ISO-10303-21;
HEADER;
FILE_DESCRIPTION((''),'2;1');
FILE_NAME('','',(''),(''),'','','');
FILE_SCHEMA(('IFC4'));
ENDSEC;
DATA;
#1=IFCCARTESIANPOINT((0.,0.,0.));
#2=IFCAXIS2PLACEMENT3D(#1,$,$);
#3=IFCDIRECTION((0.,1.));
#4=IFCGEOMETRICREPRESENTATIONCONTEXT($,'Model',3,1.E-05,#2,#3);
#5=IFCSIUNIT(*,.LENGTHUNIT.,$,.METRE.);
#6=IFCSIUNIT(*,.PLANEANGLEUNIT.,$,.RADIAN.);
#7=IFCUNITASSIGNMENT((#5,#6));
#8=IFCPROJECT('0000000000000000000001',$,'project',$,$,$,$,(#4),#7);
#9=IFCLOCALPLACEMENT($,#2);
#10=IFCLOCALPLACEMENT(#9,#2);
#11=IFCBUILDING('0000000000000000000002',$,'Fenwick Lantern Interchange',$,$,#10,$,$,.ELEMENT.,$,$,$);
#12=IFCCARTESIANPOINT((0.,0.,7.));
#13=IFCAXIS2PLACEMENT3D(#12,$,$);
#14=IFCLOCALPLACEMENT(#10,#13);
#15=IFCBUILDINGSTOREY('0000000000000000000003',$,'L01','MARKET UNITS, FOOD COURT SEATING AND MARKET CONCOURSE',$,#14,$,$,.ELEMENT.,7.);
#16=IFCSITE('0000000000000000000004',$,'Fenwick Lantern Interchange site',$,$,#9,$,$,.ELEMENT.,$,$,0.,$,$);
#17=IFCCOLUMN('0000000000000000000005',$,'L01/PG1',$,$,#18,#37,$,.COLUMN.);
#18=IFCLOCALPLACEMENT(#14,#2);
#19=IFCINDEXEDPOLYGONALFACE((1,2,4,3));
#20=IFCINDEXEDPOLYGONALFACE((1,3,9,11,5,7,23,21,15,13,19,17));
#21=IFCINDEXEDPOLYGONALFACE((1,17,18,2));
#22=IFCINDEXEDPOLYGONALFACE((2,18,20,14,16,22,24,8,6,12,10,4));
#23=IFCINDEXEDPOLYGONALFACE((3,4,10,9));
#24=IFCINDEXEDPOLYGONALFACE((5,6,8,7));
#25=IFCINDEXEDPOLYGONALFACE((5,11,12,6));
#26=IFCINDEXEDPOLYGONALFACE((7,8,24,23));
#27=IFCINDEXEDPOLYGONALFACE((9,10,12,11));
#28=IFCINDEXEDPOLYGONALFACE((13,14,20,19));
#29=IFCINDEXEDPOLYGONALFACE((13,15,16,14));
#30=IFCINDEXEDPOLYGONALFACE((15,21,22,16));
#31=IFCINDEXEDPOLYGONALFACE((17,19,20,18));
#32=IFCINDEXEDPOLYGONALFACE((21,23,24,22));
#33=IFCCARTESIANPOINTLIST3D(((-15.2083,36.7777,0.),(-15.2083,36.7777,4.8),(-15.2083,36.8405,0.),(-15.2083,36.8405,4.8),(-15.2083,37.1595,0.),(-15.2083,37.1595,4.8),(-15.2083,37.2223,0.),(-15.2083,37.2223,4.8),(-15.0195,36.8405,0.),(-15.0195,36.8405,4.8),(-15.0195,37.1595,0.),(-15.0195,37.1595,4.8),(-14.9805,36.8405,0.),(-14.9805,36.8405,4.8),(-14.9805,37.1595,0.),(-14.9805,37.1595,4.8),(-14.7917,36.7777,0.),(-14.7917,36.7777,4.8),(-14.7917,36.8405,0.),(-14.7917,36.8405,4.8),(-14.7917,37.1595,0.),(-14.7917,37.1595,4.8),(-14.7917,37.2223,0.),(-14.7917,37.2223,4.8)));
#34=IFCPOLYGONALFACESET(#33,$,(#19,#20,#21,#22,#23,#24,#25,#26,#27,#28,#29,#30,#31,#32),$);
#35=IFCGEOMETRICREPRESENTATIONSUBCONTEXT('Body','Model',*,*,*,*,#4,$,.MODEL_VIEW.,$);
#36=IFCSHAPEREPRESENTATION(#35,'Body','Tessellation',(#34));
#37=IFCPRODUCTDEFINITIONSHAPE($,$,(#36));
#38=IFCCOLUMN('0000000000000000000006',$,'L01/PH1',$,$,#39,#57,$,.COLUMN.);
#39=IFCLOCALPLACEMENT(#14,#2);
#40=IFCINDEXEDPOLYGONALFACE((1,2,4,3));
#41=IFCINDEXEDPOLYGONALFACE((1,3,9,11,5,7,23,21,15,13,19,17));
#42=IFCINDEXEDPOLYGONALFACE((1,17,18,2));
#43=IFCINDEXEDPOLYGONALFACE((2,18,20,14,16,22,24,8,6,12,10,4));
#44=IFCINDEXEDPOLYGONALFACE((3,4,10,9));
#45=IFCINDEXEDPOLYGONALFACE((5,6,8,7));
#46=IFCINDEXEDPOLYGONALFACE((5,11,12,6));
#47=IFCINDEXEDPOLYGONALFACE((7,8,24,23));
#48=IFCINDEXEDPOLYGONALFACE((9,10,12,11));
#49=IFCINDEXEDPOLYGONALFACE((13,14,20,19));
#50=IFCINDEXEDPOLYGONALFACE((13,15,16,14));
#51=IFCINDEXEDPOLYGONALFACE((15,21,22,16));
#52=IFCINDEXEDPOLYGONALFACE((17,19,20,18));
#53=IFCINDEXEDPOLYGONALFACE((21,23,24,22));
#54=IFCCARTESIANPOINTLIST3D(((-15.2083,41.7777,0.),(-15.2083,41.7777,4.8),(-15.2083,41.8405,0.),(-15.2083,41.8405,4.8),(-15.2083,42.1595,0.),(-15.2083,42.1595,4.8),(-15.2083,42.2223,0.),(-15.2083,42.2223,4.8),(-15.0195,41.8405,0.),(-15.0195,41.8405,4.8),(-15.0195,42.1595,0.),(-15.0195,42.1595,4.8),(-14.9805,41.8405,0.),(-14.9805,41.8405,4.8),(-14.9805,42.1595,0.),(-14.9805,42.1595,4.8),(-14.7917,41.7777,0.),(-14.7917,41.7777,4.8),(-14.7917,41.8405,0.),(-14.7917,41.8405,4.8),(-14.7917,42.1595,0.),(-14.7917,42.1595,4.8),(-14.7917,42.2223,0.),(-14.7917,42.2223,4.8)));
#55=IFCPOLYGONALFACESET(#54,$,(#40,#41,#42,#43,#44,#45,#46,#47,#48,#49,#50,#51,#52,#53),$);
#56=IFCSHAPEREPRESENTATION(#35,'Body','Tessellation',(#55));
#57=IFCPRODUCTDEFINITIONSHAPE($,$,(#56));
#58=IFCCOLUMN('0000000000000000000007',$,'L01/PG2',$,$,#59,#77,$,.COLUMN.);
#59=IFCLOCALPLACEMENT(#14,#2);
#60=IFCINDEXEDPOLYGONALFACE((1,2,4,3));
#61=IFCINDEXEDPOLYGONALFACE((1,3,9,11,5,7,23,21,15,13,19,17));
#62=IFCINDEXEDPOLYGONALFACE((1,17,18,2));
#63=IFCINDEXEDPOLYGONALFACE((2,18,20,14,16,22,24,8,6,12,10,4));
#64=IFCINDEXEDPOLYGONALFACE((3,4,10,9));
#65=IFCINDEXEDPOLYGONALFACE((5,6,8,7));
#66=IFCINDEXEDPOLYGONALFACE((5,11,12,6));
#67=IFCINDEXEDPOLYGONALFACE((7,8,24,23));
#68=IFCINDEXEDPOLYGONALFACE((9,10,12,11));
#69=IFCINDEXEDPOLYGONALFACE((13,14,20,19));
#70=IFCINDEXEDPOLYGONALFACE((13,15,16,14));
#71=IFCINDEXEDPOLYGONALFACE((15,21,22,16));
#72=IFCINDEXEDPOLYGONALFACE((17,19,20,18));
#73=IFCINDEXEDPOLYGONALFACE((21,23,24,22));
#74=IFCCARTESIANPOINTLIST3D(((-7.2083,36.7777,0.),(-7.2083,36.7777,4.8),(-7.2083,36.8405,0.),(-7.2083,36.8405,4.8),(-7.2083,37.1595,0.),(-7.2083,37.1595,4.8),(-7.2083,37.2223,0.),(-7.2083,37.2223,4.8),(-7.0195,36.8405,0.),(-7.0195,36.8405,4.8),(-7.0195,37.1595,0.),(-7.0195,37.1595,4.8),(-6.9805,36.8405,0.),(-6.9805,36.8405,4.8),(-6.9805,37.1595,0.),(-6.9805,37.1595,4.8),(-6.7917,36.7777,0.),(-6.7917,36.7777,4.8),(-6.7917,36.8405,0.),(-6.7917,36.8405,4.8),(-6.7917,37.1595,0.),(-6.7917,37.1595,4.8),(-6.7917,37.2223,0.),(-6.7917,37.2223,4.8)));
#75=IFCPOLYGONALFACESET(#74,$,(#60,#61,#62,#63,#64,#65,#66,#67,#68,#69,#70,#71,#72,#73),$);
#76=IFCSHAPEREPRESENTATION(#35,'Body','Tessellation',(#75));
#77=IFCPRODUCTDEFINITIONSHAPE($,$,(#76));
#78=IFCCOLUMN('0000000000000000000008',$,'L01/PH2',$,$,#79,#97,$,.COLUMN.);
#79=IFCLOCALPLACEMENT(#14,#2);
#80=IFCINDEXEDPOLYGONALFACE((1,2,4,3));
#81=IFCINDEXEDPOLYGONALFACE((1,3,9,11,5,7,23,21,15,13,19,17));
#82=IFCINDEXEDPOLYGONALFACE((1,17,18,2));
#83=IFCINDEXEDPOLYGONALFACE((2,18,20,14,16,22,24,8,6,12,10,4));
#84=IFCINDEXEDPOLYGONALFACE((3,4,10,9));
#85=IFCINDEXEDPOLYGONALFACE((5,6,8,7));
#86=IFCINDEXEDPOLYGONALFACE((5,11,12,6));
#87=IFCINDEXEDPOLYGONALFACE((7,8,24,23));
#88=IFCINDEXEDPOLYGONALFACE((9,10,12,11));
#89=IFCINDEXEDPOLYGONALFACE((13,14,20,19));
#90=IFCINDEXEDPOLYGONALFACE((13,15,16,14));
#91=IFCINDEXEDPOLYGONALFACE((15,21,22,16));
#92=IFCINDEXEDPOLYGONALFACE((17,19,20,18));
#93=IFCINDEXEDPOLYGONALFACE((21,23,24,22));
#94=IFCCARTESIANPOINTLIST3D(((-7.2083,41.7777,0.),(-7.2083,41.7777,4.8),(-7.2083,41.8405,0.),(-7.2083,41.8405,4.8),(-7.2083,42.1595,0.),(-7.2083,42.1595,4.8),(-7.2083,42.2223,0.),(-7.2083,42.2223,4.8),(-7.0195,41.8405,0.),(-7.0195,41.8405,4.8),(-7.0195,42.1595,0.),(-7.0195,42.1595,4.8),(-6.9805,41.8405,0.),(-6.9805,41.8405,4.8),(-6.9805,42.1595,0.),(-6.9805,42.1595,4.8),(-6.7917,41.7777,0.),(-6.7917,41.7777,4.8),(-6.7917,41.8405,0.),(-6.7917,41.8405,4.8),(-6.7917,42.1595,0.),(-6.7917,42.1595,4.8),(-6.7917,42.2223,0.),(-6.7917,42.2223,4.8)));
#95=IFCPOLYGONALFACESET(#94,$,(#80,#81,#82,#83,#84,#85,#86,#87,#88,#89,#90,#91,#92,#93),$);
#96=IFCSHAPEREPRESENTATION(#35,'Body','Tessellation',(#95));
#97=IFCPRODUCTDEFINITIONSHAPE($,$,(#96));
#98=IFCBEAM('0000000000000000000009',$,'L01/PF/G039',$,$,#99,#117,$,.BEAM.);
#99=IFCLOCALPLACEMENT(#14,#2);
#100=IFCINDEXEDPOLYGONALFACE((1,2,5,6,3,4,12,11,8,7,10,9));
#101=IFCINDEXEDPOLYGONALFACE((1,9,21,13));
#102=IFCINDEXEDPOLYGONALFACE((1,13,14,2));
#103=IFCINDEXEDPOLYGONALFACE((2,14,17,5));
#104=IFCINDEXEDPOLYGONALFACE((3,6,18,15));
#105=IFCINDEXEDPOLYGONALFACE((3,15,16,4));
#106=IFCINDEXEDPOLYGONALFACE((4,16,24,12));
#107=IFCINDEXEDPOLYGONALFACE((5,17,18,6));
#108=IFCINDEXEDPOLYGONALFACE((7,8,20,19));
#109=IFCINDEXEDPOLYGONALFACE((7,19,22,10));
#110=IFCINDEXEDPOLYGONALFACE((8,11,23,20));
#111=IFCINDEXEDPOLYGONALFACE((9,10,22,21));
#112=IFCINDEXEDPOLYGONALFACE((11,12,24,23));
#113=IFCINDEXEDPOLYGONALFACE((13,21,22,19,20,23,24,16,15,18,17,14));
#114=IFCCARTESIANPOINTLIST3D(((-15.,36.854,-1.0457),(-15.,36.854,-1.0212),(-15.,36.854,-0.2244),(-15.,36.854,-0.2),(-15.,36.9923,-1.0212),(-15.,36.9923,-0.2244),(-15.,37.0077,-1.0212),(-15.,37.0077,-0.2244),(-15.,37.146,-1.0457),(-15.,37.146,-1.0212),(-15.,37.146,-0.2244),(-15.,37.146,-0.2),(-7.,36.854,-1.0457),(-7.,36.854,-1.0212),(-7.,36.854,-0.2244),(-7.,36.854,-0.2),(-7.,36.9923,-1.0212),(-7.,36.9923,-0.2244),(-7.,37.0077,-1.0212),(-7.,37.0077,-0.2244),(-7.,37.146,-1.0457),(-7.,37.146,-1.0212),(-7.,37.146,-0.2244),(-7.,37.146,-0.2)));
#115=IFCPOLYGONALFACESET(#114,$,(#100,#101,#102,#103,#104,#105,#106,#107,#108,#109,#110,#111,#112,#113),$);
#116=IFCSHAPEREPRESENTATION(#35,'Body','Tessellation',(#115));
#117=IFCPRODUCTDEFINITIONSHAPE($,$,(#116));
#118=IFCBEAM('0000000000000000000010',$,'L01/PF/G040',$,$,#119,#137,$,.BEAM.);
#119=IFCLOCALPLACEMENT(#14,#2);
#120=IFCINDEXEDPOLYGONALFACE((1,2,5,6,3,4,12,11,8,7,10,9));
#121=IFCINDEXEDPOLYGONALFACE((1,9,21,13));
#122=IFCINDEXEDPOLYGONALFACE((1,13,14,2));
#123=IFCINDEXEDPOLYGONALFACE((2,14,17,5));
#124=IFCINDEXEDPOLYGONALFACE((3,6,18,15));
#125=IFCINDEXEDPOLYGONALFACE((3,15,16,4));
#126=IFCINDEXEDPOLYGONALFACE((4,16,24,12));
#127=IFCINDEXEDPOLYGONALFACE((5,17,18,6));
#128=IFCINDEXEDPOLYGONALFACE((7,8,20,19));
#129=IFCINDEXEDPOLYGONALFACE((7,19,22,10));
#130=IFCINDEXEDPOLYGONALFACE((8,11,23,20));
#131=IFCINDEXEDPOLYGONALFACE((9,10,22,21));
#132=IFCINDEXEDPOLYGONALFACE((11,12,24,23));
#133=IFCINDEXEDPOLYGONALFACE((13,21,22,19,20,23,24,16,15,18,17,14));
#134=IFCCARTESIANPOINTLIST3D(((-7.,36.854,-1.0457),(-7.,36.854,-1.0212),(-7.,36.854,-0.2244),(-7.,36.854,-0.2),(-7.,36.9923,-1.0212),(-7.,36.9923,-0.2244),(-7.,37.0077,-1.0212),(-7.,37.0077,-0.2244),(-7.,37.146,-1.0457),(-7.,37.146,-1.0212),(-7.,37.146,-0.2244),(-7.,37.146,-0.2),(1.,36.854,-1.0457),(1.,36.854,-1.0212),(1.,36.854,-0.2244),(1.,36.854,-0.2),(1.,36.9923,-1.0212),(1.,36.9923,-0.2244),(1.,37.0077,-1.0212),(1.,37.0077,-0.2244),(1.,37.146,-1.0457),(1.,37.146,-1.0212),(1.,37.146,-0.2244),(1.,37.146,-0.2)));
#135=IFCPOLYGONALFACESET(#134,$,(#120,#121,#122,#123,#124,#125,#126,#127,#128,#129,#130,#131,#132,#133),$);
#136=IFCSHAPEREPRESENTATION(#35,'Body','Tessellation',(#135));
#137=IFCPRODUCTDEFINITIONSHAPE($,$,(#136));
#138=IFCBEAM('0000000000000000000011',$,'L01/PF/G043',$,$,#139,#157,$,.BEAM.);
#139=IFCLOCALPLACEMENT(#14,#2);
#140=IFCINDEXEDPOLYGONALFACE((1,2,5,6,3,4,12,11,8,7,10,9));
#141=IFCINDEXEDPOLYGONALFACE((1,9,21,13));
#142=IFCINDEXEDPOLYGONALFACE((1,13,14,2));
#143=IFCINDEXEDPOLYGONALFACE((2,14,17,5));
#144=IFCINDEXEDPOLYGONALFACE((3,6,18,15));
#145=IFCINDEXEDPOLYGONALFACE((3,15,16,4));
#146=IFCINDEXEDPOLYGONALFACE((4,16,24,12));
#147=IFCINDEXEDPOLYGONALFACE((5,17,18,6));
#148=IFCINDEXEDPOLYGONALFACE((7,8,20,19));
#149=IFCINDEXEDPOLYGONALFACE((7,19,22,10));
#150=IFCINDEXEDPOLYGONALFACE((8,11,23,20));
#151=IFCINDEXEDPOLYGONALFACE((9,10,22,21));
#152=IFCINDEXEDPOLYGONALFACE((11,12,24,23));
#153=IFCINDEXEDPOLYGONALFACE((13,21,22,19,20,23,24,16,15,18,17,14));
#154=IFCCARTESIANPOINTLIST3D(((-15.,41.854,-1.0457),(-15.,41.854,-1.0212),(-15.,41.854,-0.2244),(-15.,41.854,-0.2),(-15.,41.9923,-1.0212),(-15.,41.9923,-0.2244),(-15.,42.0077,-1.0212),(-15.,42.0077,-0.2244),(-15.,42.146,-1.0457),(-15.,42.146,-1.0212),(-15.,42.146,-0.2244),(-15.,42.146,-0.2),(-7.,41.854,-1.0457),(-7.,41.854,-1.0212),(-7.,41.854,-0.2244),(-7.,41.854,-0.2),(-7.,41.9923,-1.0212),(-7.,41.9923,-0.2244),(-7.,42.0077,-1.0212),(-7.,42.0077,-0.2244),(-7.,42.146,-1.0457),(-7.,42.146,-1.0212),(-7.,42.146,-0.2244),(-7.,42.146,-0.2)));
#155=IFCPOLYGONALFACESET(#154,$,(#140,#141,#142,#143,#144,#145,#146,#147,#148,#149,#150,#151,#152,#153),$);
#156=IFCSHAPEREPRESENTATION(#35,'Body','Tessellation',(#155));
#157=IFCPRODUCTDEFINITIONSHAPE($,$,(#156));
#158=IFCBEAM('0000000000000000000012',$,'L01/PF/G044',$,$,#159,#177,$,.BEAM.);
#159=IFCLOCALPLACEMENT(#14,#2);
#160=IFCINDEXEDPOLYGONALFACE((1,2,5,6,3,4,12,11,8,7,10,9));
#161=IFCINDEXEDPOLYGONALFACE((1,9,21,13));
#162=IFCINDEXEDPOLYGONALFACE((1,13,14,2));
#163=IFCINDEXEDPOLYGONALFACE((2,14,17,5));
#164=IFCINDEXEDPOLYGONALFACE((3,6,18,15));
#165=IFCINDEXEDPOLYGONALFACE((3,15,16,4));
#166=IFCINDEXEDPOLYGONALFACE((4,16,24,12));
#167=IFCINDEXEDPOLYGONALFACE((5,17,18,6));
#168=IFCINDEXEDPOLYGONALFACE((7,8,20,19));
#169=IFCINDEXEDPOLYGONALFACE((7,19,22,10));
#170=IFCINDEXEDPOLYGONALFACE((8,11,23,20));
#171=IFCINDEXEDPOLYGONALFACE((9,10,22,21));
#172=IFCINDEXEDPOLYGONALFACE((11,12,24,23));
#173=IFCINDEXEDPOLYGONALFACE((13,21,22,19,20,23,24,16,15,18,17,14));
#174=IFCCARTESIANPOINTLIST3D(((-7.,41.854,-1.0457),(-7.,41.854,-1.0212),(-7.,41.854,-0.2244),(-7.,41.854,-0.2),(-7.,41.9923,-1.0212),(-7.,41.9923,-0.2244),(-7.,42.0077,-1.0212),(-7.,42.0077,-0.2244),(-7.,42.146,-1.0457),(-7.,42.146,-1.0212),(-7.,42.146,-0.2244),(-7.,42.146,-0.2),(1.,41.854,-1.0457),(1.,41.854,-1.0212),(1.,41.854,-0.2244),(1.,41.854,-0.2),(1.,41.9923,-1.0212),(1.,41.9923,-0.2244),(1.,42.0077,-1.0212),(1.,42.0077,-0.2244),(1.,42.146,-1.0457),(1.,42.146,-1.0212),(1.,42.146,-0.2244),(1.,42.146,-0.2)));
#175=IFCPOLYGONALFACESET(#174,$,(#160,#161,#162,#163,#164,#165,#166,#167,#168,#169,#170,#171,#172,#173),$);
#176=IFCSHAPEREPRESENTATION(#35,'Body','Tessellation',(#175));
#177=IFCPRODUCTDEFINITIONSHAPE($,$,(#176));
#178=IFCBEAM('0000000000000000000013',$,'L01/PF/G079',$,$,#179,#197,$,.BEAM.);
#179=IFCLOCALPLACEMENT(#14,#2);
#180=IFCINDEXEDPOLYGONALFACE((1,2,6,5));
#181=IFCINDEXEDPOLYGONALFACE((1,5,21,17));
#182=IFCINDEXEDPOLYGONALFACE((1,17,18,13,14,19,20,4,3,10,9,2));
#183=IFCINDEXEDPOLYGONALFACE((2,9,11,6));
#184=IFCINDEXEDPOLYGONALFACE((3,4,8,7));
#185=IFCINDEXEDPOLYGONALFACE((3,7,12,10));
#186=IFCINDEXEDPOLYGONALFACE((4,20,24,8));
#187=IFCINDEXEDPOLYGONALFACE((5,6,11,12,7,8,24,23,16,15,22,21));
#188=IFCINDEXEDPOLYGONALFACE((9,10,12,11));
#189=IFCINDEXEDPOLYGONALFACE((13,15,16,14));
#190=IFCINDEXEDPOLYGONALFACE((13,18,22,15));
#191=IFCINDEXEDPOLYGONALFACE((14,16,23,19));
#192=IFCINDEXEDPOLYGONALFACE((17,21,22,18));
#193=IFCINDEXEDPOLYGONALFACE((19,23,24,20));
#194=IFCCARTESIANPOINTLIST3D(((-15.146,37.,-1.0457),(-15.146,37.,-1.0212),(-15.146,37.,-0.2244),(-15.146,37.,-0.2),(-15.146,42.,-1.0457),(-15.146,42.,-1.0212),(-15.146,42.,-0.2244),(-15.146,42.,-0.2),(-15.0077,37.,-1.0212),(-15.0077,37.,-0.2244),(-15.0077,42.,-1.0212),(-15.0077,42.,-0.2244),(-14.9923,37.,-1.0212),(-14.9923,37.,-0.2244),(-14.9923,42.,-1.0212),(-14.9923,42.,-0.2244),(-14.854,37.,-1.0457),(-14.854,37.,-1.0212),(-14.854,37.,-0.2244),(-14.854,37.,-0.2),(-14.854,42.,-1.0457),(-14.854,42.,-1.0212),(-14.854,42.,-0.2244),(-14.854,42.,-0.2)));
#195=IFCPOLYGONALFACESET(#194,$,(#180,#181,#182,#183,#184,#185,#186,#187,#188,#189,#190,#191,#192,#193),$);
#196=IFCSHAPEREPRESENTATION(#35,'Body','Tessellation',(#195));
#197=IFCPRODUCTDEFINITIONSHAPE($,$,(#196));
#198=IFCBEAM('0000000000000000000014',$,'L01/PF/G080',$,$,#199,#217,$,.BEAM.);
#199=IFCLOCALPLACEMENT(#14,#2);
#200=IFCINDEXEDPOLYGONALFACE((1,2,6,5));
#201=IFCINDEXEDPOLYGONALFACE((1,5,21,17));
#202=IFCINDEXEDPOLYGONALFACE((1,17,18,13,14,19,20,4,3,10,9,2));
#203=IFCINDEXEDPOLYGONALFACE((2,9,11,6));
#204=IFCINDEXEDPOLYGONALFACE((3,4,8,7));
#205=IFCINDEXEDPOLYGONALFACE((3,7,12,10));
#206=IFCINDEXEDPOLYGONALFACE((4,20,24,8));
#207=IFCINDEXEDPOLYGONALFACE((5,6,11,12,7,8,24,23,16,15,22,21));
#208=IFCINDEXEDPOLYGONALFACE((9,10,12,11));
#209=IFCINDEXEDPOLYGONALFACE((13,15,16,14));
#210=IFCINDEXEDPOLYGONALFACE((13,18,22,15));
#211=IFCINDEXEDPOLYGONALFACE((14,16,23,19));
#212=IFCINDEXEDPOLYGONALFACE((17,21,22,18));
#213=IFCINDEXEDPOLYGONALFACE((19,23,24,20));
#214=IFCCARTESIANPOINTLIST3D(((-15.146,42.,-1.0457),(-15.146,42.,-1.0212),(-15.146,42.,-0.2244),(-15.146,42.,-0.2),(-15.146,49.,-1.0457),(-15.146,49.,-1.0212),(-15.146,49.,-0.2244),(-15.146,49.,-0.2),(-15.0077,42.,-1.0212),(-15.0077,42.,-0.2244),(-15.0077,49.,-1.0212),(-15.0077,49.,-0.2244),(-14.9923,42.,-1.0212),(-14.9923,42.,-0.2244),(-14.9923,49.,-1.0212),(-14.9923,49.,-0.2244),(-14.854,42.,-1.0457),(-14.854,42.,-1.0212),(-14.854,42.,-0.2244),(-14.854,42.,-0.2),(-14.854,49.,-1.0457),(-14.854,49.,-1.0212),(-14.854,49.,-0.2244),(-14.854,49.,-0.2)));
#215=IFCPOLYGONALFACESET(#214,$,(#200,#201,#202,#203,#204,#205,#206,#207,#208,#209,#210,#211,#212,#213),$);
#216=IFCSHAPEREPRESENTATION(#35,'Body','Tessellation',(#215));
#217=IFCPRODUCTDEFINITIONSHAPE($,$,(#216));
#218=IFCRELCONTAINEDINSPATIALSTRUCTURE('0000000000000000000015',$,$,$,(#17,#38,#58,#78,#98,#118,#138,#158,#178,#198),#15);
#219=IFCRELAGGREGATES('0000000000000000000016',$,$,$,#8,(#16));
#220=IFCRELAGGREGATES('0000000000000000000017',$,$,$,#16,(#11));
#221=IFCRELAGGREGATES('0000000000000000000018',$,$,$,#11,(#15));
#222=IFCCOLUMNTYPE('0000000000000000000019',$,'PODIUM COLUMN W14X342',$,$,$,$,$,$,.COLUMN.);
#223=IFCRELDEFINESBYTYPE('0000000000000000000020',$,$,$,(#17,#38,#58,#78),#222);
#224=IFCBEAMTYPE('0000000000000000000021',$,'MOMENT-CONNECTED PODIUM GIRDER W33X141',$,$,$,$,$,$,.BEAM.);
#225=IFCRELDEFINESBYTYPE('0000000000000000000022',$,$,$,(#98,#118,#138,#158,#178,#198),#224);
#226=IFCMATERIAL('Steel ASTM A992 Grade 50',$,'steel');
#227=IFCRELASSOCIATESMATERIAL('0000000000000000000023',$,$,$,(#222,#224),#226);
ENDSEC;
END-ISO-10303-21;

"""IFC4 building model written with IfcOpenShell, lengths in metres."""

from ifc_helpers import new_model, si_unit, direction, frame, origin, origin_2d, place, context, subcontext, project, spatial, i_section, extrude, material, material_profile, profile_set, type_object, element, save


model = new_model("IFC4")

# Units and contexts
model_context = context("Model", 3, precision=1e-05, world=origin(), true_north=direction((0.0, 1.0)))
body_context = subcontext(model_context, "Body", "Model", "MODEL_VIEW")
ifc_project = project(units=[si_unit("LENGTHUNIT", "METRE"), si_unit("PLANEANGLEUNIT", "RADIAN")], contexts=[model_context])

# Site, building, storey
site_placement = place(None, origin())
site = spatial("IfcSite", under=ifc_project, at=site_placement, Name="Fenwick Lantern Interchange site", CompositionType="ELEMENT", RefElevation=0.0)
building_placement = place(site_placement, origin())
building = spatial("IfcBuilding", under=site, at=building_placement, Name="Fenwick Lantern Interchange", CompositionType="ELEMENT")
storey_placement = place(building_placement, frame((0.0, 0.0, 7.0)))
storey = spatial("IfcBuildingStorey", under=building, at=storey_placement, Name="L01", Description="MARKET UNITS, FOOD COURT SEATING AND MARKET CONCOURSE", CompositionType="ELEMENT", Elevation=7.0)

# Columns
ifc_material_1 = material(Name="Steel ASTM A992 Grade 50", Category="steel")
ifc_material_profile_1 = material_profile(ifc_material_1, i_section(OverallWidth=0.4165, OverallDepth=0.4446, WebThickness=0.0391, FlangeThickness=0.0627, at=origin_2d()), Name="W14X342")
ifc_profile_set_1 = profile_set([ifc_material_profile_1], Name="Steel ASTM A992 Grade 50")
column_type = type_object("IfcColumnType", Name="PODIUM COLUMN W14X342", PredefinedType="COLUMN", material=ifc_profile_set_1)
for number, where, z_axis, x_axis, name in (
    (1, (-15.0, 37.0, 0.0), (0.0, 0.0, 1.0), (1.0, 0.0, 0.0), "L01/PG1"),
    (2, (-15.0, 42.0, 0.0), (0.0, 0.0, 1.0), (1.0, 0.0, 0.0), "L01/PH1"),
    (3, (-7.0, 37.0, 0.0), (0.0, 0.0, 1.0), (1.0, 0.0, 0.0), "L01/PG2"),
    (4, (-7.0, 42.0, 0.0), (0.0, 0.0, 1.0), (1.0, 0.0, 0.0), "L01/PH2"),
):
    element("IfcColumn", number, at=place(storey_placement, frame(where, z_axis=z_axis, x_axis=x_axis)), inside=storey, type_object=column_type, Name=name, PredefinedType="COLUMN", context=body_context, shape_type="SweptSolid", body=[
        extrude(i_section(OverallWidth=0.4165, OverallDepth=0.4446, WebThickness=0.0391, FlangeThickness=0.0627, at=origin_2d()), origin(), (0.0, 0.0, 1.0), 4.8),
    ])

# Beams
ifc_material_profile_2 = material_profile(ifc_material_1, i_section(OverallWidth=0.292, OverallDepth=0.8457, WebThickness=0.0154, FlangeThickness=0.0244, at=origin_2d()), Name="W33X141")
ifc_profile_set_2 = profile_set([ifc_material_profile_2], Name="Steel ASTM A992 Grade 50")
beam_type_1 = type_object("IfcBeamType", Name="MOMENT-CONNECTED PODIUM GIRDER W33X141", PredefinedType="BEAM", material=ifc_profile_set_2)
for number, where, z_axis, x_axis, name in (
    (5, (-15.0, 37.0, -0.6228), (1.0, 0.0, 0.0), (0.0, 1.0, 0.0), "L01/PF/G039"),
    (6, (-7.0, 37.0, -0.6228), (1.0, 0.0, 0.0), (0.0, 1.0, 0.0), "L01/PF/G040"),
    (7, (-15.0, 42.0, -0.6228), (1.0, 0.0, 0.0), (0.0, 1.0, 0.0), "L01/PF/G043"),
    (8, (-7.0, 42.0, -0.6228), (1.0, 0.0, 0.0), (0.0, 1.0, 0.0), "L01/PF/G044"),
):
    element("IfcBeam", number, at=place(storey_placement, frame(where, z_axis=z_axis, x_axis=x_axis)), inside=storey, type_object=beam_type_1, Name=name, PredefinedType="BEAM", context=body_context, shape_type="SweptSolid", body=[
        extrude(i_section(OverallWidth=0.292, OverallDepth=0.8457, WebThickness=0.0154, FlangeThickness=0.0244, at=origin_2d()), origin(), (0.0, 0.0, 1.0), 8.0),
    ])
beam_1_placement = place(storey_placement, frame((-15.0, 37.0, -0.6228), z_axis=(0.0, 1.0, 0.0), x_axis=(-1.0, 0.0, 0.0)))
element("IfcBeam", 9, at=beam_1_placement, inside=storey, type_object=beam_type_1, Name="L01/PF/G079", PredefinedType="BEAM", context=body_context, shape_type="SweptSolid", body=[
    extrude(i_section(OverallWidth=0.292, OverallDepth=0.8457, WebThickness=0.0154, FlangeThickness=0.0244, at=origin_2d()), origin(), (0.0, 0.0, 1.0), 5.0),
])
beam_2_placement = place(storey_placement, frame((-15.0, 42.0, -0.6228), z_axis=(0.0, 1.0, 0.0), x_axis=(-1.0, 0.0, 0.0)))
element("IfcBeam", 10, at=beam_2_placement, inside=storey, type_object=beam_type_1, Name="L01/PF/G080", PredefinedType="BEAM", context=body_context, shape_type="SweptSolid", body=[
    extrude(i_section(OverallWidth=0.292, OverallDepth=0.8457, WebThickness=0.0154, FlangeThickness=0.0244, at=origin_2d()), origin(), (0.0, 0.0, 1.0), 7.0),
])

save(model, "model.ifc")
